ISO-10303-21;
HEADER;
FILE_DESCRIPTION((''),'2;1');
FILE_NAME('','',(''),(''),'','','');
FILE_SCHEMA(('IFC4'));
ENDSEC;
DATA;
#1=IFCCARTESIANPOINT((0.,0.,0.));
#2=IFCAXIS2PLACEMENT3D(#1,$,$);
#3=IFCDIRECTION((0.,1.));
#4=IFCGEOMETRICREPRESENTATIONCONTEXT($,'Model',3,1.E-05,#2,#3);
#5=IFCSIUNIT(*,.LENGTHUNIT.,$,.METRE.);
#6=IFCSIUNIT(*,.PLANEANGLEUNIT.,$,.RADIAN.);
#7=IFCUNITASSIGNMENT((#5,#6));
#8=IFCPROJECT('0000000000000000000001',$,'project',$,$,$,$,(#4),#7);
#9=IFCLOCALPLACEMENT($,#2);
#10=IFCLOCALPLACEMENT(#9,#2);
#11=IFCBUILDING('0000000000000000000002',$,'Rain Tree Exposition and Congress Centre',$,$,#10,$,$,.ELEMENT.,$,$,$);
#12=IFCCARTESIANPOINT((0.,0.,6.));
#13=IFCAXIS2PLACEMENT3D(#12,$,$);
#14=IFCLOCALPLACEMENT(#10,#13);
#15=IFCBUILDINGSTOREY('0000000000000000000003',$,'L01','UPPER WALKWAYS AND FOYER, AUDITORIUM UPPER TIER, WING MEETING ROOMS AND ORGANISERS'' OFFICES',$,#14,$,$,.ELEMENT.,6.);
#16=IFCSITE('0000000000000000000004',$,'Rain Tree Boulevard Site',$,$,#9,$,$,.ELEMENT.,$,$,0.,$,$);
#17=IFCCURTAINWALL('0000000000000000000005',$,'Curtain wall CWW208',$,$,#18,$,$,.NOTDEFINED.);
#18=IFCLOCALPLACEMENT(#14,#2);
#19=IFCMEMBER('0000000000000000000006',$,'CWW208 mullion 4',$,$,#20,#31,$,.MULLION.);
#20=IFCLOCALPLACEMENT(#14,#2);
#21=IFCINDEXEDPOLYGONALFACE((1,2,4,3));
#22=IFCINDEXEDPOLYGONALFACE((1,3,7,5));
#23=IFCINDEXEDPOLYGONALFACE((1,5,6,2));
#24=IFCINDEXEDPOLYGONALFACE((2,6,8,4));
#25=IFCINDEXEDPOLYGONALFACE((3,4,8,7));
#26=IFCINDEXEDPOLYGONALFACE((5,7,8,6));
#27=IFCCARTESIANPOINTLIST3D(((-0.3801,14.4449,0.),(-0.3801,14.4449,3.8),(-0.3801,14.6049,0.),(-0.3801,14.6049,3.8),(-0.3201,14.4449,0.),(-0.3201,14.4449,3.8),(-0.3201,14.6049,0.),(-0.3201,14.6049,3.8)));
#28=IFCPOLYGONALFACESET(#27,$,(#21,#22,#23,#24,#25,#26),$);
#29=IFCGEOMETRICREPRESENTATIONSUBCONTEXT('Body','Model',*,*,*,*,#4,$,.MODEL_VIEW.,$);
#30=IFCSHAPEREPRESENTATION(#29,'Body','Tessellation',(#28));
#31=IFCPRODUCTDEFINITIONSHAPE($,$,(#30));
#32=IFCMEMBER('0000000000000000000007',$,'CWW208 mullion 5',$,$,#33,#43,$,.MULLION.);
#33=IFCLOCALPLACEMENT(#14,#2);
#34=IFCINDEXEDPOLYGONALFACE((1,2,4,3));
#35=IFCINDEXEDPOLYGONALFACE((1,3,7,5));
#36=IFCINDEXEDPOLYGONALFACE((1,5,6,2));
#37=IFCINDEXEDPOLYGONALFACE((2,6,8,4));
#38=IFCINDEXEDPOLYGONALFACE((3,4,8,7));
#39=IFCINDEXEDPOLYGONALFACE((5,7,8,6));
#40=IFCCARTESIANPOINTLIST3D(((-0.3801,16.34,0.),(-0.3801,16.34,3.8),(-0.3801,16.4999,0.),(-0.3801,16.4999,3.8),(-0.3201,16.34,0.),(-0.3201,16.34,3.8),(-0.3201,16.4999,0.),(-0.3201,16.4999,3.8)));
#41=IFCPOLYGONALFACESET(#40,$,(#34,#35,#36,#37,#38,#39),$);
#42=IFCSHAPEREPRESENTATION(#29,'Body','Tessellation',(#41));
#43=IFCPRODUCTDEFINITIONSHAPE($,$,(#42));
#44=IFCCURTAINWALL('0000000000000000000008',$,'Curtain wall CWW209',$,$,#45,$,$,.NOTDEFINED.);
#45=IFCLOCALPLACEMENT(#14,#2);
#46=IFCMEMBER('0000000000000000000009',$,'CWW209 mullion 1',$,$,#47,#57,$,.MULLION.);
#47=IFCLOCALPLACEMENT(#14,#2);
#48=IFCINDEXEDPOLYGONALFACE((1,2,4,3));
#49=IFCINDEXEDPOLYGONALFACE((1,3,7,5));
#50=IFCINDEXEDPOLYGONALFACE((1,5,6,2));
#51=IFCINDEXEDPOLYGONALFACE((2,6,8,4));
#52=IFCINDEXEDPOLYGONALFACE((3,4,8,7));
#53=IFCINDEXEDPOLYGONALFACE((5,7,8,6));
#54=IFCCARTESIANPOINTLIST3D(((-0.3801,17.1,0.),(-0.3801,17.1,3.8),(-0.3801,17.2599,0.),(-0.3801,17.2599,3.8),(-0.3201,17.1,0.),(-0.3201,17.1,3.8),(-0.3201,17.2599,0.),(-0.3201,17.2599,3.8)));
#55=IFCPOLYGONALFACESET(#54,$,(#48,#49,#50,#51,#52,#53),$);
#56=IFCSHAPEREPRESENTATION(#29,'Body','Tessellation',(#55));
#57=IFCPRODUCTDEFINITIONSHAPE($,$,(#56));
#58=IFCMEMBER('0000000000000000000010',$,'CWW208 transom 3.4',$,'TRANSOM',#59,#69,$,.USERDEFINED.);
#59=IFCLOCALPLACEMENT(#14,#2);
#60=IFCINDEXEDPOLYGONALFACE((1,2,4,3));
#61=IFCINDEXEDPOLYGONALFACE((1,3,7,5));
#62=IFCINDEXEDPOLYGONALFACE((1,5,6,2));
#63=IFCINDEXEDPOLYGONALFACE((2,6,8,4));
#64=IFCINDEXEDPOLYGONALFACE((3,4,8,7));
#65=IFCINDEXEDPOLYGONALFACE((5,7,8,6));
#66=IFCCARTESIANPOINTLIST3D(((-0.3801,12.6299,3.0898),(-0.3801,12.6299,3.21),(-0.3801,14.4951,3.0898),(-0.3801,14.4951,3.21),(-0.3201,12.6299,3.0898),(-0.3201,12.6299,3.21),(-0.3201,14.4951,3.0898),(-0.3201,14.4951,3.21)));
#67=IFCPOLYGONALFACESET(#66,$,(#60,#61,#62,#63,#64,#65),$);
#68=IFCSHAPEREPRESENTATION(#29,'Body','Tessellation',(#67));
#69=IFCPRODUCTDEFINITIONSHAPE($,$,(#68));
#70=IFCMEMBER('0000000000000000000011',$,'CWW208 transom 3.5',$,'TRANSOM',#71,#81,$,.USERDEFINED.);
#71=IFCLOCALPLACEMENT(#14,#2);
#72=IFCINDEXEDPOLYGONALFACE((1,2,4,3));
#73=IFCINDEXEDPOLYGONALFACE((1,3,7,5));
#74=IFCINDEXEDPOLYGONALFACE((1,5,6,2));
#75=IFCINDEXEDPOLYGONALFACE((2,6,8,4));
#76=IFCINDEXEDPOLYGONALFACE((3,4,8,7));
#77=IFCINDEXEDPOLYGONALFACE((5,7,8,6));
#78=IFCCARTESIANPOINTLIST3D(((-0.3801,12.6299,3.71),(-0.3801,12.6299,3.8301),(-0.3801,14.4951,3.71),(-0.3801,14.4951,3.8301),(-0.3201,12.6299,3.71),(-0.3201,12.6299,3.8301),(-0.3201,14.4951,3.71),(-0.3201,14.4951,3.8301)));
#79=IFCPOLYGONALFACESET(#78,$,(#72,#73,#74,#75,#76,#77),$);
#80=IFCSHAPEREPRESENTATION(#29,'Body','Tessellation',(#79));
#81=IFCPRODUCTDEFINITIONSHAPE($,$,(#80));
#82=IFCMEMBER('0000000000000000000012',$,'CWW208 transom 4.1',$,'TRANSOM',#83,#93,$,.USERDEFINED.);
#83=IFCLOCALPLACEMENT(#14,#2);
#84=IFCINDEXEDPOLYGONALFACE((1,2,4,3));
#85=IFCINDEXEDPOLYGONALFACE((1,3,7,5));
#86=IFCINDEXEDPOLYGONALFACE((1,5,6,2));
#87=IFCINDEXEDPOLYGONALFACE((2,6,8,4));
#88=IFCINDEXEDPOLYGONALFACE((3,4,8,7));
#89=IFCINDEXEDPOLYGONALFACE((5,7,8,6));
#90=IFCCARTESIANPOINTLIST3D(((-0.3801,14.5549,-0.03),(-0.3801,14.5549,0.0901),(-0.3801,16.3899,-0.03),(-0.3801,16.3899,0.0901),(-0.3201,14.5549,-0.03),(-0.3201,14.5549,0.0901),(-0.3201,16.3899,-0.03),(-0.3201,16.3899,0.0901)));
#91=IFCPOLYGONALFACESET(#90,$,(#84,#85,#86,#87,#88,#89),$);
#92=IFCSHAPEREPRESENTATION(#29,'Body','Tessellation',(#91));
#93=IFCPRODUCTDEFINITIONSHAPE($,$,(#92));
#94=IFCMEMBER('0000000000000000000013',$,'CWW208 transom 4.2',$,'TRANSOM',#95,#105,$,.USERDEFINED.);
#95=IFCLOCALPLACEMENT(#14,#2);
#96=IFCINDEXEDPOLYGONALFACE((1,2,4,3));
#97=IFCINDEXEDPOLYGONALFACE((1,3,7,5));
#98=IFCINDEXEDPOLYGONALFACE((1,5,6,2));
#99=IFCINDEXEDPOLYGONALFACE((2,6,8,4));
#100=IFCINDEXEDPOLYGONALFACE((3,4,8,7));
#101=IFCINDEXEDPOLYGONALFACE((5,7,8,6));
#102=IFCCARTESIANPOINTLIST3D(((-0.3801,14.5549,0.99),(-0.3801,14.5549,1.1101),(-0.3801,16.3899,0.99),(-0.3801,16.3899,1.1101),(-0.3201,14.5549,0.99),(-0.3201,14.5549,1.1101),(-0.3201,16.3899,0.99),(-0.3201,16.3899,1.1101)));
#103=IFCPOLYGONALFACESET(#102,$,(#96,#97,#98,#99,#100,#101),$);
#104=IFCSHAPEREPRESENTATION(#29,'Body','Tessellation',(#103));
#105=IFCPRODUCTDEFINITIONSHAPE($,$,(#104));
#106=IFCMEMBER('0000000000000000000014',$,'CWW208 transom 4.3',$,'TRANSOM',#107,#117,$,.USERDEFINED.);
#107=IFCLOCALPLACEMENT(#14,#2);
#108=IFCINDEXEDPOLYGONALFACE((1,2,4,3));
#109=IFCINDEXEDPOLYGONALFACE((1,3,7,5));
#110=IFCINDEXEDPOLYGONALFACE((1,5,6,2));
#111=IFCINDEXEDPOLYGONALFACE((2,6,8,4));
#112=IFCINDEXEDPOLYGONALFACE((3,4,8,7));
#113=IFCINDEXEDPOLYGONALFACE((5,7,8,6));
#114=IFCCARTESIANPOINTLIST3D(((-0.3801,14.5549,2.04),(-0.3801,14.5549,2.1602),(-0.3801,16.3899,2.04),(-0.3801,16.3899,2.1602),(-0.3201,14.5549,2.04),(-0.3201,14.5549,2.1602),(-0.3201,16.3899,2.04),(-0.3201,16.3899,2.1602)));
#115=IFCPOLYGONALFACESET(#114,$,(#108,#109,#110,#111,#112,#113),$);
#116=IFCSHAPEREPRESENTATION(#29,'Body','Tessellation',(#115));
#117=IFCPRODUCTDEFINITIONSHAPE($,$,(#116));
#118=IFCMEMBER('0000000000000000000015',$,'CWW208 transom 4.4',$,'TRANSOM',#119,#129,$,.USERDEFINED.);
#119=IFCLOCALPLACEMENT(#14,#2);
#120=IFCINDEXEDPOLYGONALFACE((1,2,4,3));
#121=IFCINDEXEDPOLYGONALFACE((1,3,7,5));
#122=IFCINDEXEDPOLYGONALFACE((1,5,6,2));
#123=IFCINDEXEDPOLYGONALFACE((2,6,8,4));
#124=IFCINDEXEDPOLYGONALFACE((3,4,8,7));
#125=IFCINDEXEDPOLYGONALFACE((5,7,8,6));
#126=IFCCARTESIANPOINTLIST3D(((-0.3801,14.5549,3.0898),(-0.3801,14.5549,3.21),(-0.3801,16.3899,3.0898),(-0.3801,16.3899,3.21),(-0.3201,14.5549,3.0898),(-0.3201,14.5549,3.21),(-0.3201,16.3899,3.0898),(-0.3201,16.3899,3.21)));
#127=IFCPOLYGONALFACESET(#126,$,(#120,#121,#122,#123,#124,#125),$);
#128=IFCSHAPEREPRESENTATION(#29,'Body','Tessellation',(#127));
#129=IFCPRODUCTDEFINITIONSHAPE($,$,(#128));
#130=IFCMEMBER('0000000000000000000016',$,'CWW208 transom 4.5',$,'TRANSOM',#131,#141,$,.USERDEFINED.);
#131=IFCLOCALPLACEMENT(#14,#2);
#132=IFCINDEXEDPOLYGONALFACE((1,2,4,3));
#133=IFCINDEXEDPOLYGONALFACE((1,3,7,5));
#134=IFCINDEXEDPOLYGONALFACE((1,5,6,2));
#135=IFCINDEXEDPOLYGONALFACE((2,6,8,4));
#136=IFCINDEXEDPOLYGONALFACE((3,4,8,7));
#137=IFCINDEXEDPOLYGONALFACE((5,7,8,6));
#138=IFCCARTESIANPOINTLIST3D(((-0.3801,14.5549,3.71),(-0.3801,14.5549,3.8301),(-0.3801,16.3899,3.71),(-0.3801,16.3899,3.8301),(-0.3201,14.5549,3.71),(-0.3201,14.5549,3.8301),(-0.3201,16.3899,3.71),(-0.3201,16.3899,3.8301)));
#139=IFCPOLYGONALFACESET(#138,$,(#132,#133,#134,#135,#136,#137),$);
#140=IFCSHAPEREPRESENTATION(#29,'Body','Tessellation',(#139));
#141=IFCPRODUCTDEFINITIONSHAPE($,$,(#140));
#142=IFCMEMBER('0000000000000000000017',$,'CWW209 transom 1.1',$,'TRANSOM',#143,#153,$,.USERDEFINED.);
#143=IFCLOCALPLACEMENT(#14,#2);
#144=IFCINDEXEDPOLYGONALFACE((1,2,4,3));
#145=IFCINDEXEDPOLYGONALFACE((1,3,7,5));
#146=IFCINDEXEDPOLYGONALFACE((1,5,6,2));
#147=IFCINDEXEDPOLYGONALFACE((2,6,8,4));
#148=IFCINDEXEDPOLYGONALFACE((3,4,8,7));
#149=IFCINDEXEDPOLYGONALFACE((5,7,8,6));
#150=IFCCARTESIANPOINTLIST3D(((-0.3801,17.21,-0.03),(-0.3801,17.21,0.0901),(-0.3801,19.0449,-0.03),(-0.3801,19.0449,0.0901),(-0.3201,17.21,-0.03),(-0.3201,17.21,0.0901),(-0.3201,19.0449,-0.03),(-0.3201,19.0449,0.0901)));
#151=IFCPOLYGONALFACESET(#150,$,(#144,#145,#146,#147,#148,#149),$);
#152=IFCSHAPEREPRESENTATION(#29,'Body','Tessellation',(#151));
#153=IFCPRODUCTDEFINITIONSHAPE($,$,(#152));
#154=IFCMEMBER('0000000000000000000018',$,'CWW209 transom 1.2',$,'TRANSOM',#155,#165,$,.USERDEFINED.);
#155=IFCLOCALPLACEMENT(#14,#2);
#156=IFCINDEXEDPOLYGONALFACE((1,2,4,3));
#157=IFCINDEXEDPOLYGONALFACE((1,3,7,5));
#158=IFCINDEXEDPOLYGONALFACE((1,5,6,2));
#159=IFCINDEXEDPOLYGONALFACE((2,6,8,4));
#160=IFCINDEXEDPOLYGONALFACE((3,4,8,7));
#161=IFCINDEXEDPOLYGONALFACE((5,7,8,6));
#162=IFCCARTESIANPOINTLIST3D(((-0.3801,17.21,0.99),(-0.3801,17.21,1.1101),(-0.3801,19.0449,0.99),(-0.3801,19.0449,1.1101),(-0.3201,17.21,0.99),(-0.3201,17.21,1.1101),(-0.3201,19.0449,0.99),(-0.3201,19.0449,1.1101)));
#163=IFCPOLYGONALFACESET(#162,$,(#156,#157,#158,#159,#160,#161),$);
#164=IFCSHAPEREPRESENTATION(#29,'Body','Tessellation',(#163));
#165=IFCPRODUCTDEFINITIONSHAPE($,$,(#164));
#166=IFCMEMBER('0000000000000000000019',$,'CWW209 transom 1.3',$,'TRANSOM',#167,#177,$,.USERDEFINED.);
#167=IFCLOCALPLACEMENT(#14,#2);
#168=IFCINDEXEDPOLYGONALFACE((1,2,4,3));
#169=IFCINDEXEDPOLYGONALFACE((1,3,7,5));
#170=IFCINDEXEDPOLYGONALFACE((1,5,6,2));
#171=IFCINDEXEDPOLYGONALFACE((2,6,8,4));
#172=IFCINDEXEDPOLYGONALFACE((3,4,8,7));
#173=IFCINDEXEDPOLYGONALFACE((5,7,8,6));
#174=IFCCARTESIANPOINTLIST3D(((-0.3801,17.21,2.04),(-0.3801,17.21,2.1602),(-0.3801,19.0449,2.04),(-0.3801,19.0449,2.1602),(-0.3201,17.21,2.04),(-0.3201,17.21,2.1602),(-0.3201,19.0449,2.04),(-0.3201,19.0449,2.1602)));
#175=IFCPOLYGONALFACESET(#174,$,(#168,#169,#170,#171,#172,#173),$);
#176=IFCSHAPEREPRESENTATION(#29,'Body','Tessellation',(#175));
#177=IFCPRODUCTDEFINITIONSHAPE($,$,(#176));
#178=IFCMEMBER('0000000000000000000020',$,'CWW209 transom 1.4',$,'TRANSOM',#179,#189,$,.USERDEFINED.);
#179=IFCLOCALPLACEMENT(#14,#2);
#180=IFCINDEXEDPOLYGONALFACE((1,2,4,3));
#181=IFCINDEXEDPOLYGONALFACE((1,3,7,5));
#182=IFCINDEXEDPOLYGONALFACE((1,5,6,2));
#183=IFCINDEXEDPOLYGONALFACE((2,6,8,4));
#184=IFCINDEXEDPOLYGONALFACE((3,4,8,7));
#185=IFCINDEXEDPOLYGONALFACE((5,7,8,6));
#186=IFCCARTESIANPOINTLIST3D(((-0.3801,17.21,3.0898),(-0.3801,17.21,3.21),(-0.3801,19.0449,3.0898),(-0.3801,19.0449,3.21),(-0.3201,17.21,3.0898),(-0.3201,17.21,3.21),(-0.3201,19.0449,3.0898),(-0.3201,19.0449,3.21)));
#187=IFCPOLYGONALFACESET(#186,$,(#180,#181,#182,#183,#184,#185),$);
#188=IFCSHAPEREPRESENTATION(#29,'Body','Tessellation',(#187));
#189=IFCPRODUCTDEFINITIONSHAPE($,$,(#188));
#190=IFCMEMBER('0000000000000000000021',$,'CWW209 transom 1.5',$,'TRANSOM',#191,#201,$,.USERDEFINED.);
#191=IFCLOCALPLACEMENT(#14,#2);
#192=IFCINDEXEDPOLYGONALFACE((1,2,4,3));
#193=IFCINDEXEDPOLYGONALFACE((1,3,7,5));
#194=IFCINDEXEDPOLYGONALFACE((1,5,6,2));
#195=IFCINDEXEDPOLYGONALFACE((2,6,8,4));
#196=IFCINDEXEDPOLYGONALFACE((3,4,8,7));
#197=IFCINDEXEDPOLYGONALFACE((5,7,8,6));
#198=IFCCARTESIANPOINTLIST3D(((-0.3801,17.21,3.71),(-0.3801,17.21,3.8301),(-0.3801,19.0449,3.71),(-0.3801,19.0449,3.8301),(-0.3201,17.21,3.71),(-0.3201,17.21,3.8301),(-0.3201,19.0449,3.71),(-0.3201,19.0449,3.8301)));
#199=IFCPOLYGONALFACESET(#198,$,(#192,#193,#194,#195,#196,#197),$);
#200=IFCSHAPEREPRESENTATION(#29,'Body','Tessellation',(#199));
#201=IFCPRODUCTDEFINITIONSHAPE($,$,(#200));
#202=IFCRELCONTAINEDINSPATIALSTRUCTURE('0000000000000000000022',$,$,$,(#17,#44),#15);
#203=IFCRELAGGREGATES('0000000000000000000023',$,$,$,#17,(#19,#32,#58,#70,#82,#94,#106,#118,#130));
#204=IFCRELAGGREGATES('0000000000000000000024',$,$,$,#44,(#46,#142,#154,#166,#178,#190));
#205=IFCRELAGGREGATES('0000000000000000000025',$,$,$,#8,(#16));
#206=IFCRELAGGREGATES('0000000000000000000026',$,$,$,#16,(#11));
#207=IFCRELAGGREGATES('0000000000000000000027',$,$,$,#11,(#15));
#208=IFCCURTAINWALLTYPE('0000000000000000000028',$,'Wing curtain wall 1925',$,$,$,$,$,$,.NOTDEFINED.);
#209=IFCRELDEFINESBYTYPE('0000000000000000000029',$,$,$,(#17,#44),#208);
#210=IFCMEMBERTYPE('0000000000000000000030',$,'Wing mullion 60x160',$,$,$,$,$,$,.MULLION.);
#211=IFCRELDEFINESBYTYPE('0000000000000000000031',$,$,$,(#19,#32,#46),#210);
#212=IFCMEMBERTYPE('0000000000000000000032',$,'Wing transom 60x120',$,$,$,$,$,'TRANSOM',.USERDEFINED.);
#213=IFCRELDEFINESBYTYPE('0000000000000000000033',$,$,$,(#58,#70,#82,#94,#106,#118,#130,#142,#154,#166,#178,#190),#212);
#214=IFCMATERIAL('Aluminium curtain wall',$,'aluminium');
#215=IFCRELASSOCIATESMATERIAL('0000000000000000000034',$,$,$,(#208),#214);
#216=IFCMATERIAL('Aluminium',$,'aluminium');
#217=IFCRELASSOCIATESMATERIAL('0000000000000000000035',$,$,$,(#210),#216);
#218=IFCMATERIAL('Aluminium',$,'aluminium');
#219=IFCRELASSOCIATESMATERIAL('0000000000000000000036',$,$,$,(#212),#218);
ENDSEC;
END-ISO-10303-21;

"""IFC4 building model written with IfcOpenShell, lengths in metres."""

from ifc_helpers import new_model, si_unit, direction, frame, origin, origin_2d, place, context, subcontext, project, spatial, rectangle, extrude, material, material_profile, profile_set, type_object, element, aggregate, save


model = new_model("IFC4")

# Units and contexts
model_context = context("Model", 3, precision=1e-05, world=origin(), true_north=direction((0.0, 1.0)))
body_context = subcontext(model_context, "Body", "Model", "MODEL_VIEW")
ifc_project = project(units=[si_unit("LENGTHUNIT", "METRE"), si_unit("PLANEANGLEUNIT", "RADIAN")], contexts=[model_context])

# Site, building, storey
site_placement = place(None, origin())
site = spatial("IfcSite", under=ifc_project, at=site_placement, Name="Rain Tree Boulevard Site", CompositionType="ELEMENT", RefElevation=0.0)
building_placement = place(site_placement, origin())
building = spatial("IfcBuilding", under=site, at=building_placement, Name="Rain Tree Exposition and Congress Centre", CompositionType="ELEMENT")
storey_placement = place(building_placement, frame((0.0, 0.0, 6.0)))
storey = spatial("IfcBuildingStorey", under=building, at=storey_placement, Name="L01", Description="UPPER WALKWAYS AND FOYER, AUDITORIUM UPPER TIER, WING MEETING ROOMS AND ORGANISERS' OFFICES", CompositionType="ELEMENT", Elevation=6.0)

# Curtain wall, members
ifc_material_1 = material(Name="Aluminium curtain wall", Category="aluminium")
curtain_wall_type = type_object("IfcCurtainWallType", Name="Wing curtain wall 1925", PredefinedType="NOTDEFINED", material=ifc_material_1)
curtain_wall_1_placement = place(storey_placement, origin())
curtain_wall_1 = element("IfcCurtainWall", 1, at=curtain_wall_1_placement, inside=storey, type_object=curtain_wall_type, Name="Curtain wall CWW208", PredefinedType="NOTDEFINED")
ifc_material_2 = material(Name="Aluminium", Category="aluminium")
ifc_material_profile_1 = material_profile(ifc_material_2, rectangle(XDim=0.0601, YDim=0.1599, at=origin_2d()), Name="Aluminium 60x160")
ifc_profile_set_1 = profile_set([ifc_material_profile_1], Name="Aluminium")
member_type_1 = type_object("IfcMemberType", Name="Wing mullion 60x160", PredefinedType="MULLION", material=ifc_profile_set_1)
member_1_placement = place(storey_placement, frame((-0.3501, 14.5249, 0.0), z_axis=(0.0, 0.0, 1.0), x_axis=(-1.0, 0.0, 0.0)))
member_1 = element("IfcMember", 2, at=member_1_placement, type_object=member_type_1, Name="CWW208 mullion 4", PredefinedType="MULLION", context=body_context, shape_type="SweptSolid", body=[
    extrude(rectangle(XDim=0.0601, YDim=0.1599, at=origin_2d()), origin(), (0.0, 0.0, 1.0), 3.8),
])
member_2_placement = place(storey_placement, frame((-0.3501, 16.4199, 0.0), z_axis=(0.0, 0.0, 1.0), x_axis=(-1.0, 0.0, 0.0)))
member_2 = element("IfcMember", 3, at=member_2_placement, type_object=member_type_1, Name="CWW208 mullion 5", PredefinedType="MULLION", context=body_context, shape_type="SweptSolid", body=[
    extrude(rectangle(XDim=0.0601, YDim=0.1599, at=origin_2d()), origin(), (0.0, 0.0, 1.0), 3.8),
])

# Curtain wall, member
curtain_wall_2_placement = place(storey_placement, origin())
curtain_wall_2 = element("IfcCurtainWall", 4, at=curtain_wall_2_placement, inside=storey, type_object=curtain_wall_type, Name="Curtain wall CWW209", PredefinedType="NOTDEFINED")
member_3_placement = place(storey_placement, frame((-0.3501, 17.1799, 0.0), z_axis=(0.0, 0.0, 1.0), x_axis=(-1.0, 0.0, 0.0)))
member_3 = element("IfcMember", 5, at=member_3_placement, type_object=member_type_1, Name="CWW209 mullion 1", PredefinedType="MULLION", context=body_context, shape_type="SweptSolid", body=[
    extrude(rectangle(XDim=0.0601, YDim=0.1599, at=origin_2d()), origin(), (0.0, 0.0, 1.0), 3.8),
])

# Members
ifc_material_3 = material(Name="Aluminium", Category="aluminium")
ifc_material_profile_2 = material_profile(ifc_material_3, rectangle(XDim=0.0601, YDim=0.1201, at=origin_2d()), Name="Aluminium 60x120")
ifc_profile_set_2 = profile_set([ifc_material_profile_2], Name="Aluminium")
member_type_2 = type_object("IfcMemberType", Name="Wing transom 60x120", ElementType="TRANSOM", PredefinedType="USERDEFINED", material=ifc_profile_set_2)
member_4_placement = place(storey_placement, frame((-0.3501, 12.6299, 3.1499), z_axis=(0.0, 1.0, 0.0), x_axis=(-1.0, 0.0, 0.0)))
member_4 = element("IfcMember", 6, at=member_4_placement, type_object=member_type_2, Name="CWW208 transom 3.4", ObjectType="TRANSOM", PredefinedType="USERDEFINED", context=body_context, shape_type="SweptSolid", body=[
    extrude(rectangle(XDim=0.0601, YDim=0.1201, at=origin_2d()), origin(), (0.0, 0.0, 1.0), 1.8652),
])
member_5_placement = place(storey_placement, frame((-0.3501, 12.6299, 3.77), z_axis=(0.0, 1.0, 0.0), x_axis=(-1.0, 0.0, 0.0)))
member_5 = element("IfcMember", 7, at=member_5_placement, type_object=member_type_2, Name="CWW208 transom 3.5", ObjectType="TRANSOM", PredefinedType="USERDEFINED", context=body_context, shape_type="SweptSolid", body=[
    extrude(rectangle(XDim=0.0601, YDim=0.1201, at=origin_2d()), origin(), (0.0, 0.0, 1.0), 1.8652),
])
member_6_placement = place(storey_placement, frame((-0.3501, 14.5549, 0.03), z_axis=(0.0, 1.0, 0.0), x_axis=(-1.0, 0.0, 0.0)))
member_6 = element("IfcMember", 8, at=member_6_placement, type_object=member_type_2, Name="CWW208 transom 4.1", ObjectType="TRANSOM", PredefinedType="USERDEFINED", context=body_context, shape_type="SweptSolid", body=[
    extrude(rectangle(XDim=0.0601, YDim=0.1201, at=origin_2d()), origin(), (0.0, 0.0, 1.0), 1.835),
])
member_7_placement = place(storey_placement, frame((-0.3501, 14.5549, 1.05), z_axis=(0.0, 1.0, 0.0), x_axis=(-1.0, 0.0, 0.0)))
member_7 = element("IfcMember", 9, at=member_7_placement, type_object=member_type_2, Name="CWW208 transom 4.2", ObjectType="TRANSOM", PredefinedType="USERDEFINED", context=body_context, shape_type="SweptSolid", body=[
    extrude(rectangle(XDim=0.0601, YDim=0.1201, at=origin_2d()), origin(), (0.0, 0.0, 1.0), 1.835),
])
member_8_placement = place(storey_placement, frame((-0.3501, 14.5549, 2.1001), z_axis=(0.0, 1.0, 0.0), x_axis=(-1.0, 0.0, 0.0)))
member_8 = element("IfcMember", 10, at=member_8_placement, type_object=member_type_2, Name="CWW208 transom 4.3", ObjectType="TRANSOM", PredefinedType="USERDEFINED", context=body_context, shape_type="SweptSolid", body=[
    extrude(rectangle(XDim=0.0601, YDim=0.1201, at=origin_2d()), origin(), (0.0, 0.0, 1.0), 1.835),
])
member_9_placement = place(storey_placement, frame((-0.3501, 14.5549, 3.1499), z_axis=(0.0, 1.0, 0.0), x_axis=(-1.0, 0.0, 0.0)))
member_9 = element("IfcMember", 11, at=member_9_placement, type_object=member_type_2, Name="CWW208 transom 4.4", ObjectType="TRANSOM", PredefinedType="USERDEFINED", context=body_context, shape_type="SweptSolid", body=[
    extrude(rectangle(XDim=0.0601, YDim=0.1201, at=origin_2d()), origin(), (0.0, 0.0, 1.0), 1.835),
])
member_10_placement = place(storey_placement, frame((-0.3501, 14.5549, 3.77), z_axis=(0.0, 1.0, 0.0), x_axis=(-1.0, 0.0, 0.0)))
member_10 = element("IfcMember", 12, at=member_10_placement, type_object=member_type_2, Name="CWW208 transom 4.5", ObjectType="TRANSOM", PredefinedType="USERDEFINED", context=body_context, shape_type="SweptSolid", body=[
    extrude(rectangle(XDim=0.0601, YDim=0.1201, at=origin_2d()), origin(), (0.0, 0.0, 1.0), 1.835),
])
member_11_placement = place(storey_placement, frame((-0.3501, 17.21, 0.03), z_axis=(0.0, 1.0, 0.0), x_axis=(-1.0, 0.0, 0.0)))
member_11 = element("IfcMember", 13, at=member_11_placement, type_object=member_type_2, Name="CWW209 transom 1.1", ObjectType="TRANSOM", PredefinedType="USERDEFINED", context=body_context, shape_type="SweptSolid", body=[
    extrude(rectangle(XDim=0.0601, YDim=0.1201, at=origin_2d()), origin(), (0.0, 0.0, 1.0), 1.835),
])
member_12_placement = place(storey_placement, frame((-0.3501, 17.21, 1.05), z_axis=(0.0, 1.0, 0.0), x_axis=(-1.0, 0.0, 0.0)))
member_12 = element("IfcMember", 14, at=member_12_placement, type_object=member_type_2, Name="CWW209 transom 1.2", ObjectType="TRANSOM", PredefinedType="USERDEFINED", context=body_context, shape_type="SweptSolid", body=[
    extrude(rectangle(XDim=0.0601, YDim=0.1201, at=origin_2d()), origin(), (0.0, 0.0, 1.0), 1.835),
])
member_13_placement = place(storey_placement, frame((-0.3501, 17.21, 2.1001), z_axis=(0.0, 1.0, 0.0), x_axis=(-1.0, 0.0, 0.0)))
member_13 = element("IfcMember", 15, at=member_13_placement, type_object=member_type_2, Name="CWW209 transom 1.3", ObjectType="TRANSOM", PredefinedType="USERDEFINED", context=body_context, shape_type="SweptSolid", body=[
    extrude(rectangle(XDim=0.0601, YDim=0.1201, at=origin_2d()), origin(), (0.0, 0.0, 1.0), 1.835),
])
member_14_placement = place(storey_placement, frame((-0.3501, 17.21, 3.1499), z_axis=(0.0, 1.0, 0.0), x_axis=(-1.0, 0.0, 0.0)))
member_14 = element("IfcMember", 16, at=member_14_placement, type_object=member_type_2, Name="CWW209 transom 1.4", ObjectType="TRANSOM", PredefinedType="USERDEFINED", context=body_context, shape_type="SweptSolid", body=[
    extrude(rectangle(XDim=0.0601, YDim=0.1201, at=origin_2d()), origin(), (0.0, 0.0, 1.0), 1.835),
])
member_15_placement = place(storey_placement, frame((-0.3501, 17.21, 3.77), z_axis=(0.0, 1.0, 0.0), x_axis=(-1.0, 0.0, 0.0)))
member_15 = element("IfcMember", 17, at=member_15_placement, type_object=member_type_2, Name="CWW209 transom 1.5", ObjectType="TRANSOM", PredefinedType="USERDEFINED", context=body_context, shape_type="SweptSolid", body=[
    extrude(rectangle(XDim=0.0601, YDim=0.1201, at=origin_2d()), origin(), (0.0, 0.0, 1.0), 1.835),
])

aggregate(curtain_wall_1, [member_1, member_2, member_4, member_5, member_6, member_7, member_8, member_9, member_10])
aggregate(curtain_wall_2, [member_3, member_11, member_12, member_13, member_14, member_15])

save(model, "model.ifc")
